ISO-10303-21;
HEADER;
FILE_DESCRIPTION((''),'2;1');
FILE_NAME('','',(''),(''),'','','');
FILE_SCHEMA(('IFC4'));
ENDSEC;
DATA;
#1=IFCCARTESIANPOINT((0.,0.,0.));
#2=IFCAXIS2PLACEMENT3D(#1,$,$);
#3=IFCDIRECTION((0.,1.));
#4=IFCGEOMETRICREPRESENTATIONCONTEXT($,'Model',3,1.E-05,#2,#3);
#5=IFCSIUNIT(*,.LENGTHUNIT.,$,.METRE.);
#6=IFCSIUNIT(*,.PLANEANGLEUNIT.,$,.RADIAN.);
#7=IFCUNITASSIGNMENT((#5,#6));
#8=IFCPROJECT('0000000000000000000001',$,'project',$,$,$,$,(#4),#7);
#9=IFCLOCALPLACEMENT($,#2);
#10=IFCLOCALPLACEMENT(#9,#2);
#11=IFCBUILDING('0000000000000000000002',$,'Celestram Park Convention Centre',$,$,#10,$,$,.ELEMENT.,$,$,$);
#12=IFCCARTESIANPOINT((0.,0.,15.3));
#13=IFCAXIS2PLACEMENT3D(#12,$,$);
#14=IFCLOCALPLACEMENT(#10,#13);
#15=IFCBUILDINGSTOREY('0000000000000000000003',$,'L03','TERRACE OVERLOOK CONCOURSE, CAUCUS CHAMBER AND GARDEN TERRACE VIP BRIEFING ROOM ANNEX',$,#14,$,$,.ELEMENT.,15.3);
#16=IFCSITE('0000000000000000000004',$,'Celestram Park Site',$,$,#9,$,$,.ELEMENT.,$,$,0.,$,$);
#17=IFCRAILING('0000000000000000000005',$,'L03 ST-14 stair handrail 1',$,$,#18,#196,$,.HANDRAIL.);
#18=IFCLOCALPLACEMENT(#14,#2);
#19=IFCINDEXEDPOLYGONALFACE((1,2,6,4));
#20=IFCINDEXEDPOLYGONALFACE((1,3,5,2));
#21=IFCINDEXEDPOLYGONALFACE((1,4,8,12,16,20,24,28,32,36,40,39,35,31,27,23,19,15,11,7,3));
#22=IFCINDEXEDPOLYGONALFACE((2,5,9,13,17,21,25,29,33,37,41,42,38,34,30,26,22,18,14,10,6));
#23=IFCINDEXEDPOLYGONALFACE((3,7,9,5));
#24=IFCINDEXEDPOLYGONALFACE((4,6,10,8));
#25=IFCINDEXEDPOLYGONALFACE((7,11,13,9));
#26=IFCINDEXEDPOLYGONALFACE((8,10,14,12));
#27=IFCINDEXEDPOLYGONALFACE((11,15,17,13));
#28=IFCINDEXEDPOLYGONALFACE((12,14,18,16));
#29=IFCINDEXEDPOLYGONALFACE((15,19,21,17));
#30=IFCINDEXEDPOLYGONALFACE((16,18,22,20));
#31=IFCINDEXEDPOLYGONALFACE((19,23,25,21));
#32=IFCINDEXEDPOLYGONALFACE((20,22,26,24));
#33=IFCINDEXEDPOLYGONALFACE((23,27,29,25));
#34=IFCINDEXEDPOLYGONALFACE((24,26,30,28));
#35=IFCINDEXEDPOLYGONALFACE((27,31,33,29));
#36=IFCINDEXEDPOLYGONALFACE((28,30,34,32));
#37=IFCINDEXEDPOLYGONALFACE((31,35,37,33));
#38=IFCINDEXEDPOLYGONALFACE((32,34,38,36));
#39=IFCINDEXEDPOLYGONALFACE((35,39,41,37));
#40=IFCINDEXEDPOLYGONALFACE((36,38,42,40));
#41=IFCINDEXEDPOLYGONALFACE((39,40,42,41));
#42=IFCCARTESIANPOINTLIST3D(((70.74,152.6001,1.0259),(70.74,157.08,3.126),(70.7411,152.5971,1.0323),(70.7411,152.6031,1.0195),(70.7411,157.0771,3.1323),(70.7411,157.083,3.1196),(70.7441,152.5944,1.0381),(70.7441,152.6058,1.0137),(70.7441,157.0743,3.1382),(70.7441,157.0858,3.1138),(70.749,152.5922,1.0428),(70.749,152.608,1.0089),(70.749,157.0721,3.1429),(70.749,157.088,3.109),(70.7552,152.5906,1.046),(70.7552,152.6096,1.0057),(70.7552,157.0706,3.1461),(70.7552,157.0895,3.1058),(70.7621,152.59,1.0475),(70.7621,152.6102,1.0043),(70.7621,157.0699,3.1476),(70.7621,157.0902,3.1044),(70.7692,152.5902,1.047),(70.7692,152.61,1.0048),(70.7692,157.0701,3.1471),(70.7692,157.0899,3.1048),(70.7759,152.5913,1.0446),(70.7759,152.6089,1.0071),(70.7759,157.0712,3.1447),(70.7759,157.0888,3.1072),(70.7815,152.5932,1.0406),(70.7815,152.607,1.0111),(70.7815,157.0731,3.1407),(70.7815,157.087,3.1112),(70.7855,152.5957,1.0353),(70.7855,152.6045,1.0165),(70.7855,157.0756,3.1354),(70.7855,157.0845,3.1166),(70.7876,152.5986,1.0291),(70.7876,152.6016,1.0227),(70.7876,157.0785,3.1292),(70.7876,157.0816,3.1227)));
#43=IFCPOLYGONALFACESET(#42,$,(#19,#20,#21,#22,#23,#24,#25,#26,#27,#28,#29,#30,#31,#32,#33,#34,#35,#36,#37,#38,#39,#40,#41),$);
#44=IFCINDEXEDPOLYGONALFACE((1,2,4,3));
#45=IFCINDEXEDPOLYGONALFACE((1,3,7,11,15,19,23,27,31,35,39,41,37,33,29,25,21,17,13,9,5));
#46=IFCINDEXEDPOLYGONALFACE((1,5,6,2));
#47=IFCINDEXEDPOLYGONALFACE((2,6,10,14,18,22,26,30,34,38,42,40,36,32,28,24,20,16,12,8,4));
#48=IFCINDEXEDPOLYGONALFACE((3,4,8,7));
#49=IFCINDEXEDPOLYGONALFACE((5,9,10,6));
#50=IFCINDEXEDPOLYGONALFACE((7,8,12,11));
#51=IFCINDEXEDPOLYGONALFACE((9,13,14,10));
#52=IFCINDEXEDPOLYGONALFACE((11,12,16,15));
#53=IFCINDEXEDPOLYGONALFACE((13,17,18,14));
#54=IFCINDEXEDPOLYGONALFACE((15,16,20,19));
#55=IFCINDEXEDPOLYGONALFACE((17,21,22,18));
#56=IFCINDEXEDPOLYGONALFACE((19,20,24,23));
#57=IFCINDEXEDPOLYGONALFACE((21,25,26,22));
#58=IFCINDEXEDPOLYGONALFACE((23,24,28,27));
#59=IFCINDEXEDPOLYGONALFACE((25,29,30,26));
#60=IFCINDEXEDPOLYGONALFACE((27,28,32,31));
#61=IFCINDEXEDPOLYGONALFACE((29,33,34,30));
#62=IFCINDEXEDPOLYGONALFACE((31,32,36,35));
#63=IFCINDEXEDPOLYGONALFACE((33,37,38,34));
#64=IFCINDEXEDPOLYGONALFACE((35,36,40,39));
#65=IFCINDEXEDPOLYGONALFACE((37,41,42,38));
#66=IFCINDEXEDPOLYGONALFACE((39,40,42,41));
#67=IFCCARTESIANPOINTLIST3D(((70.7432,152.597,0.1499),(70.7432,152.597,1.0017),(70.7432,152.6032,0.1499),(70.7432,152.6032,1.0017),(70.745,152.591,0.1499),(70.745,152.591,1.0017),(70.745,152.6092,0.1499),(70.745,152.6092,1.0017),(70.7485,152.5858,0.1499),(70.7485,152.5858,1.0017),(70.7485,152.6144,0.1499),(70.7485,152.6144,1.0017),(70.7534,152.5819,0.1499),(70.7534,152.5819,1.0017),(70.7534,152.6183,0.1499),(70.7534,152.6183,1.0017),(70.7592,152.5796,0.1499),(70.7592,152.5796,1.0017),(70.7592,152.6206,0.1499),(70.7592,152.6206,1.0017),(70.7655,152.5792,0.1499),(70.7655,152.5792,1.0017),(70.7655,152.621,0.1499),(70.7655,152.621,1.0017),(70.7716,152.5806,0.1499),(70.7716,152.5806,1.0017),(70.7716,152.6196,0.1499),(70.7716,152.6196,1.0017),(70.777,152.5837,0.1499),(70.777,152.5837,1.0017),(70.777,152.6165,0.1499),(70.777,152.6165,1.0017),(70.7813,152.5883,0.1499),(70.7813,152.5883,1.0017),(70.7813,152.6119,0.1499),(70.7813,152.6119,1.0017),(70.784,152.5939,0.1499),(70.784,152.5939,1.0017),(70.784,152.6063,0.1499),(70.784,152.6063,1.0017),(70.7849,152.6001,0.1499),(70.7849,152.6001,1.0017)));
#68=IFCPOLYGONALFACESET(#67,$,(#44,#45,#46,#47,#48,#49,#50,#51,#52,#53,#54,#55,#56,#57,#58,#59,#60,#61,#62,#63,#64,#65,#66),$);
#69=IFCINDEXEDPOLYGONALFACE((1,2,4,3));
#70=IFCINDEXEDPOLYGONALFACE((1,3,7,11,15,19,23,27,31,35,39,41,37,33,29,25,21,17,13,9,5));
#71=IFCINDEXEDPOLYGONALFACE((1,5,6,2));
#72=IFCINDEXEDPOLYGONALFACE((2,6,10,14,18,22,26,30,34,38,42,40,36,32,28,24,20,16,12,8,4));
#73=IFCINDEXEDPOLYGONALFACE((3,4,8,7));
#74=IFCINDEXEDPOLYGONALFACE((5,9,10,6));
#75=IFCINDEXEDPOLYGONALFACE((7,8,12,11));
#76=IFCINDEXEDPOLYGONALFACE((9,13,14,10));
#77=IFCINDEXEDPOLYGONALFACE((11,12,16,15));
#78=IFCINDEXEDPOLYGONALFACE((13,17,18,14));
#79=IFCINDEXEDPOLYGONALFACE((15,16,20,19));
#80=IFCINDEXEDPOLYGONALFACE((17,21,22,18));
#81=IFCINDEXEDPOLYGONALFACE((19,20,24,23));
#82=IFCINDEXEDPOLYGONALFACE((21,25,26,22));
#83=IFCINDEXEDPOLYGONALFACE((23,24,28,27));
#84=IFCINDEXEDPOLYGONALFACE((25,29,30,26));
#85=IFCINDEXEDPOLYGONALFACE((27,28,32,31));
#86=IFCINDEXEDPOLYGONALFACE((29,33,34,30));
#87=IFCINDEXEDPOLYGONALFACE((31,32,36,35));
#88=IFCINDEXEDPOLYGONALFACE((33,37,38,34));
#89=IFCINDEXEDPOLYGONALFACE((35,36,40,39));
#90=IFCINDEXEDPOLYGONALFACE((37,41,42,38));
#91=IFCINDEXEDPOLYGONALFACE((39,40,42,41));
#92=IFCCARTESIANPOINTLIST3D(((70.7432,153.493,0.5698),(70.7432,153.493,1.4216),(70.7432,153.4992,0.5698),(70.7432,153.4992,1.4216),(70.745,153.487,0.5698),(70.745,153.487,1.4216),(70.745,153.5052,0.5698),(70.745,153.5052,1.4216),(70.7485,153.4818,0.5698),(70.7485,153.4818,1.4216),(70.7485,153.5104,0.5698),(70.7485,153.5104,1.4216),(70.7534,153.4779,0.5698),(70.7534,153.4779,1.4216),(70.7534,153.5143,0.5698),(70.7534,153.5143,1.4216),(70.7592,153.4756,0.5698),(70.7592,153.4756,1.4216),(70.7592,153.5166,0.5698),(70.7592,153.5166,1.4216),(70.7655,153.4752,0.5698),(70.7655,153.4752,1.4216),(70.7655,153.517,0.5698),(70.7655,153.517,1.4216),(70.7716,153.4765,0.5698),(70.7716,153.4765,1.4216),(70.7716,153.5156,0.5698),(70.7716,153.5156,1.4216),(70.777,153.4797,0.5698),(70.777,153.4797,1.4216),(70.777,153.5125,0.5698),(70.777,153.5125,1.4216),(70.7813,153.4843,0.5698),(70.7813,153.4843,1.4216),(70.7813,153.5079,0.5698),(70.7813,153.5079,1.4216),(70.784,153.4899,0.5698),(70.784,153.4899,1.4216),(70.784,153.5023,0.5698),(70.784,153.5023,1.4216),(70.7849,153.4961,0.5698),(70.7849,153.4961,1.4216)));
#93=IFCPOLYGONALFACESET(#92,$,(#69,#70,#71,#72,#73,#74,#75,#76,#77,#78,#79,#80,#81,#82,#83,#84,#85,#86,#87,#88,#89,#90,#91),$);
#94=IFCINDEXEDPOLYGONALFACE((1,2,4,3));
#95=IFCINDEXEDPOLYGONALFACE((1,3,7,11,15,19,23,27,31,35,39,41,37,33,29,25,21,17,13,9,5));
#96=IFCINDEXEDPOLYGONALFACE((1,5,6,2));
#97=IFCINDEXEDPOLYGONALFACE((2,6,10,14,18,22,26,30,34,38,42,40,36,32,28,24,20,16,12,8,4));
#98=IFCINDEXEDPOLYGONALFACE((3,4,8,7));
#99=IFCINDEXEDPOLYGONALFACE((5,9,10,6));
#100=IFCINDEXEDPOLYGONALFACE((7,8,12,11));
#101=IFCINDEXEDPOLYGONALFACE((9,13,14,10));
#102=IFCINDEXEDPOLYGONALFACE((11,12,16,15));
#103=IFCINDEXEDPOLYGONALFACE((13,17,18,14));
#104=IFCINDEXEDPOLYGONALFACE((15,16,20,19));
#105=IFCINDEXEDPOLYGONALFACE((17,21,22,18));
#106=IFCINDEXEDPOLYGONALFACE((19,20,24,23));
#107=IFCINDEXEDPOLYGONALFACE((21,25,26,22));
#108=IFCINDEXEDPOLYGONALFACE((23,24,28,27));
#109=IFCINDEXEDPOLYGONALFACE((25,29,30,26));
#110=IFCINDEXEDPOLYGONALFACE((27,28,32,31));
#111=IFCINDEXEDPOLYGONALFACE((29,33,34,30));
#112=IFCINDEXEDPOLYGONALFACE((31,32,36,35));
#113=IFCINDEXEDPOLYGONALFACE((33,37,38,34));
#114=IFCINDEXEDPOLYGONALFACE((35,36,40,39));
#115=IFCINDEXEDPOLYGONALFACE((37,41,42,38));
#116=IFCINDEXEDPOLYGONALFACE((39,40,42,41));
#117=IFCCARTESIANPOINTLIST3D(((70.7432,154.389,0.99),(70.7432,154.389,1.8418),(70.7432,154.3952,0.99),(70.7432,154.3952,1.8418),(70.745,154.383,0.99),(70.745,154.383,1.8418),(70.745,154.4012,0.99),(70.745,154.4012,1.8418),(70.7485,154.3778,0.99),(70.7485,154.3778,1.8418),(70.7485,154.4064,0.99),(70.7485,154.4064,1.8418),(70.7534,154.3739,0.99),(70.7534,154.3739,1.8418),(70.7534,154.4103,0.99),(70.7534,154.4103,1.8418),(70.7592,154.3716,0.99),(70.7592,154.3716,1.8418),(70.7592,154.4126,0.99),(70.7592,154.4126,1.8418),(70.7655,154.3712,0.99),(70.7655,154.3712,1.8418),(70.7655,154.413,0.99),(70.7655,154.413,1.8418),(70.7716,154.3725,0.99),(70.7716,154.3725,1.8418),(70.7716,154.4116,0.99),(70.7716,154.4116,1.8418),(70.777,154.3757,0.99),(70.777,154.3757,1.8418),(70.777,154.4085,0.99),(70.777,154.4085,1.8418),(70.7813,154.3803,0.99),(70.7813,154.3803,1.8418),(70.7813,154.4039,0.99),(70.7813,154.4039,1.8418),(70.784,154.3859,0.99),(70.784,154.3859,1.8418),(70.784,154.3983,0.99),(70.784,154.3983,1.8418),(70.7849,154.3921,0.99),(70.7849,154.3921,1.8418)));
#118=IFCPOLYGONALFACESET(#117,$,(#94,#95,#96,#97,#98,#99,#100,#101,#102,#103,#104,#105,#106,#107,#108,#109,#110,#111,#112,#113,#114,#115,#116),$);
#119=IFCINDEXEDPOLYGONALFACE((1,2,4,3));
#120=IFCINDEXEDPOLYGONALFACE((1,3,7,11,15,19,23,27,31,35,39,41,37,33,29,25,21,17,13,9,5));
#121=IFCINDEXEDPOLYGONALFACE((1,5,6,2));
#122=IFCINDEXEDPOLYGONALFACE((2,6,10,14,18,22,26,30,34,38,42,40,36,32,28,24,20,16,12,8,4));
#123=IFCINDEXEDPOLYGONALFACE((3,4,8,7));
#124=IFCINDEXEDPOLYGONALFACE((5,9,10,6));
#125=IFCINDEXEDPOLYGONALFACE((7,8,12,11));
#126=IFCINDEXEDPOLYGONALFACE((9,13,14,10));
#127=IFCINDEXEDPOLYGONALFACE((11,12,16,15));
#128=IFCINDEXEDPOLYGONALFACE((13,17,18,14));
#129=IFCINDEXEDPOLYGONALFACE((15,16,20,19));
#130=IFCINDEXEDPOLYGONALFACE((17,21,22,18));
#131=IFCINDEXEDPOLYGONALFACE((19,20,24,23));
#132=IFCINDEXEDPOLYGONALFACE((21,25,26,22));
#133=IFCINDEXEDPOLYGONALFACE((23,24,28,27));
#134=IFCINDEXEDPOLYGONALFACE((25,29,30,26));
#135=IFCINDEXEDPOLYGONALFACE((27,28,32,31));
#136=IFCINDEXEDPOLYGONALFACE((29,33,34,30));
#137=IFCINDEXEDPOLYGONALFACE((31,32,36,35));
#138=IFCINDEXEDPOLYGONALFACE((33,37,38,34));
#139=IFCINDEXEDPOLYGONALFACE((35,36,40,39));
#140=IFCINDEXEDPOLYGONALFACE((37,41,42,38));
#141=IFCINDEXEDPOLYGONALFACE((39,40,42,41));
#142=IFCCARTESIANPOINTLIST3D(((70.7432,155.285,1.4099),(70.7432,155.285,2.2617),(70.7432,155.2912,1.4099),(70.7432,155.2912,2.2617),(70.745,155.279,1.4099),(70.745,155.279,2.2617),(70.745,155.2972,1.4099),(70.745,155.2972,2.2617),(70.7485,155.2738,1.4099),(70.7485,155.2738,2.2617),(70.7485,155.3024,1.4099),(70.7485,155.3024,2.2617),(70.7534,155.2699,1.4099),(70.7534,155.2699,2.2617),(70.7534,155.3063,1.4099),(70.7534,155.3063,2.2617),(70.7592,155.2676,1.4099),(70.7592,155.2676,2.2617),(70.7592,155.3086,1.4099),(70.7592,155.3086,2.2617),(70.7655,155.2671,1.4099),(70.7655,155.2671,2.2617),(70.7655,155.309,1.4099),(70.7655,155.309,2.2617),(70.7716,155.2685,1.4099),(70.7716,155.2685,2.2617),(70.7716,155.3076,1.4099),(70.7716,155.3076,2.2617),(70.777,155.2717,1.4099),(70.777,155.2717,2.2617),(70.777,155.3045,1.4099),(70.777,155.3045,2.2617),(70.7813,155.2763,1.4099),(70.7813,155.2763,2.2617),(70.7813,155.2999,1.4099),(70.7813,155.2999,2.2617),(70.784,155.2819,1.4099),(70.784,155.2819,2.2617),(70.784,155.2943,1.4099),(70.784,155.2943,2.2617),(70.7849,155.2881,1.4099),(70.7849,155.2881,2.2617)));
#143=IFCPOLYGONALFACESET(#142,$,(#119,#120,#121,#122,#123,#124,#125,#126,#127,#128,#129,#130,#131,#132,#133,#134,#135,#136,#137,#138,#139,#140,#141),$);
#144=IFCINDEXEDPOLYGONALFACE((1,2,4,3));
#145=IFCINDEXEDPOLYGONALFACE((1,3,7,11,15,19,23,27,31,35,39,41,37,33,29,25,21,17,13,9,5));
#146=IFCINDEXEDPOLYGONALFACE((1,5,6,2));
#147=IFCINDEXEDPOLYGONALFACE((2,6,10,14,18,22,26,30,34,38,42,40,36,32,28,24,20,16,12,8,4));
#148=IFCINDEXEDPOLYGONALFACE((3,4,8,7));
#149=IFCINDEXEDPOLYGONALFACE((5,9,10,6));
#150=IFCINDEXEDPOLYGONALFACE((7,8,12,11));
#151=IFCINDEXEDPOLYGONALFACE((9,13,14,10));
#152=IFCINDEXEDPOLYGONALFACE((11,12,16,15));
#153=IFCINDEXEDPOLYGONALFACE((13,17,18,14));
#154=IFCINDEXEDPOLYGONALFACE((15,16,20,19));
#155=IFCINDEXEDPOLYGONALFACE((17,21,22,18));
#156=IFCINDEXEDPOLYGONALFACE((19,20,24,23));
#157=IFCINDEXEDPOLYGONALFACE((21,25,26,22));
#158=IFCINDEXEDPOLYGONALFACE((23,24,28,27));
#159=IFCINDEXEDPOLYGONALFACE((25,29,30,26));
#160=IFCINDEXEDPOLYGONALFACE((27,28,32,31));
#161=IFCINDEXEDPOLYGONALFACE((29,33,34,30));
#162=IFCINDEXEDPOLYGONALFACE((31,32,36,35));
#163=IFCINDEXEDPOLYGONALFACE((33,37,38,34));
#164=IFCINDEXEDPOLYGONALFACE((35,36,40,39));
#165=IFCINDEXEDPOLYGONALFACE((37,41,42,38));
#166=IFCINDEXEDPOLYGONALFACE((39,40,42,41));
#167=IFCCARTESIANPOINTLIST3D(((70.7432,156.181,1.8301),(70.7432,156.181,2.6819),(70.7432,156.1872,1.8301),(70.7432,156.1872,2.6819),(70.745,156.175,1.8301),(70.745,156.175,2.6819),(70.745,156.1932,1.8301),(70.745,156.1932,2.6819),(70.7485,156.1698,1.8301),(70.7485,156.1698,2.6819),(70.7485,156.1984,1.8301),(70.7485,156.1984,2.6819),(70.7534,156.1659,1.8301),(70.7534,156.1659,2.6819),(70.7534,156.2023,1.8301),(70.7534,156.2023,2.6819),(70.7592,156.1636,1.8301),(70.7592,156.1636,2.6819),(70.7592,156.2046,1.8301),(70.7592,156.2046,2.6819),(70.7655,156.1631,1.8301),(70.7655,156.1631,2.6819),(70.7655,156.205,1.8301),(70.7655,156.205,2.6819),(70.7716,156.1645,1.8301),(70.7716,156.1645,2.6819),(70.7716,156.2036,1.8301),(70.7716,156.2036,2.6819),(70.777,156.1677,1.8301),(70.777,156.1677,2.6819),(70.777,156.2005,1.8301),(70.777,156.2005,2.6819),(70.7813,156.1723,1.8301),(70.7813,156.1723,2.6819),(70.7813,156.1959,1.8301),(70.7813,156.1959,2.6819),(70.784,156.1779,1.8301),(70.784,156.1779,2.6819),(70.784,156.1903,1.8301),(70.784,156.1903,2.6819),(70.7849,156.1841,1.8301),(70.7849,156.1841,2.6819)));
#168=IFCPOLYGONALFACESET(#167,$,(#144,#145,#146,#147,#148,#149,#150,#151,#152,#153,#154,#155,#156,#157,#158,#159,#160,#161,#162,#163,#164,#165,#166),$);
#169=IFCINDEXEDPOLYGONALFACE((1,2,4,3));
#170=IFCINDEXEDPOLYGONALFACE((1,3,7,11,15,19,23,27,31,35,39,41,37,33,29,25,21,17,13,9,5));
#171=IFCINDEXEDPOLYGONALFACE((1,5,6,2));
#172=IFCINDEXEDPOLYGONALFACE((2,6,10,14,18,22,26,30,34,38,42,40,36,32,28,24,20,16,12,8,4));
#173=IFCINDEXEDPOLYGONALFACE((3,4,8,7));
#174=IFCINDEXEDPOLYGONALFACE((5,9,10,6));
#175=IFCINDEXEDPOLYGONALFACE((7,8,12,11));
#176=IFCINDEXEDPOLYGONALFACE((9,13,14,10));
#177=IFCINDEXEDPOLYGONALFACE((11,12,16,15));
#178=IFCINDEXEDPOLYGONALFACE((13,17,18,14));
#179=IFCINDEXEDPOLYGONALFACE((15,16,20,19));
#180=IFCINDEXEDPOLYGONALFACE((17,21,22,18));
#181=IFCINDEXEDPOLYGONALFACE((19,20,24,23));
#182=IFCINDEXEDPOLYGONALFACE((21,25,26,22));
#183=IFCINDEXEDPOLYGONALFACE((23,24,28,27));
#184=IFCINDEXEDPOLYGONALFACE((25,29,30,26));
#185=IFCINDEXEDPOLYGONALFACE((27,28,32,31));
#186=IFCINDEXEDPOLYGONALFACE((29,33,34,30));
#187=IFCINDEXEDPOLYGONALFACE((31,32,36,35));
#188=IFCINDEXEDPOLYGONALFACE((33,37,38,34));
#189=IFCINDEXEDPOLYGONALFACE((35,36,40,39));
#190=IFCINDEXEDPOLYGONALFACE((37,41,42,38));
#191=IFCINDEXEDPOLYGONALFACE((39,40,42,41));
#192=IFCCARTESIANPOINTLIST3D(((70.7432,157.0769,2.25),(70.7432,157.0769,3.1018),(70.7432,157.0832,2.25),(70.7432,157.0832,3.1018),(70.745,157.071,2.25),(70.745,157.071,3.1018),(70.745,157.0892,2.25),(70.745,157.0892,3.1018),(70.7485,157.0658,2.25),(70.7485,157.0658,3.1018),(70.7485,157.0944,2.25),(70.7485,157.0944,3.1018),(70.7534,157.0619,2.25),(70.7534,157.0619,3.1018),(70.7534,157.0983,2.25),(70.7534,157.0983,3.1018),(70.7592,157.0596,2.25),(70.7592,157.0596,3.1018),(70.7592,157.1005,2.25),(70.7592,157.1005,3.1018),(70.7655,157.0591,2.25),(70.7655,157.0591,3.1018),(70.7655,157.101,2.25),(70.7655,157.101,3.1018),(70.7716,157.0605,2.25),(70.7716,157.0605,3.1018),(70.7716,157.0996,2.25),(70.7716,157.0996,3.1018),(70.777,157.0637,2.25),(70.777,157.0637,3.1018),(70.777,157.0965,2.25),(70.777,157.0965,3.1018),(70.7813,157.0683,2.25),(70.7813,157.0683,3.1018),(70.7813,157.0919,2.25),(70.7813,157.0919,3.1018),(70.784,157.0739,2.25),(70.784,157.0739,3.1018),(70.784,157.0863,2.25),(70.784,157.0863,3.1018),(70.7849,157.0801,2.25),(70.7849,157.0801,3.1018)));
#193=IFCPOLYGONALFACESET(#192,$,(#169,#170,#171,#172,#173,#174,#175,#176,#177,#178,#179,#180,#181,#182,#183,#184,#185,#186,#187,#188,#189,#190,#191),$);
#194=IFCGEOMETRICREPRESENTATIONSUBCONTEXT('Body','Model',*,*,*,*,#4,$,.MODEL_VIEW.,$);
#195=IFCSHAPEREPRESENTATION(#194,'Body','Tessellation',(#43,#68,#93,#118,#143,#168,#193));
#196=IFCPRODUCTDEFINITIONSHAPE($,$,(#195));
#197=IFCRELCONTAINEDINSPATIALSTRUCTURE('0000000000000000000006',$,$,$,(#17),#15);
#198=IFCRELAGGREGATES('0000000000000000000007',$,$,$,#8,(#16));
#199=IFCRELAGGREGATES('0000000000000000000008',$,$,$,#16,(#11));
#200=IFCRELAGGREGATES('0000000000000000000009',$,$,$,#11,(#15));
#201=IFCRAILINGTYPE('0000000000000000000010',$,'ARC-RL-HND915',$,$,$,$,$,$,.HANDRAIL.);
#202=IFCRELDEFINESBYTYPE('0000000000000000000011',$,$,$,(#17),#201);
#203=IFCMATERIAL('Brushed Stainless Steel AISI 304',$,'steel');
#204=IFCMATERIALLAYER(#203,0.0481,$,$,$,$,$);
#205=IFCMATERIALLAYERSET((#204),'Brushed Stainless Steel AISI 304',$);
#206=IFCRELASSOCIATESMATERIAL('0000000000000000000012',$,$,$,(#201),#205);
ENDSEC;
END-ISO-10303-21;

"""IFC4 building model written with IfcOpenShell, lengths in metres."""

from ifc_helpers import new_model, si_unit, direction, frame, origin, origin_2d, place, context, subcontext, project, spatial, circle, extrude, material, layer, layer_set, type_object, element, save


model = new_model("IFC4")

# Units and contexts
model_context = context("Model", 3, precision=1e-05, world=origin(), true_north=direction((0.0, 1.0)))
body_context = subcontext(model_context, "Body", "Model", "MODEL_VIEW")
ifc_project = project(units=[si_unit("LENGTHUNIT", "METRE"), si_unit("PLANEANGLEUNIT", "RADIAN")], contexts=[model_context])

# Site, building, storey
site_placement = place(None, origin())
site = spatial("IfcSite", under=ifc_project, at=site_placement, Name="Celestram Park Site", CompositionType="ELEMENT", RefElevation=0.0)
building_placement = place(site_placement, origin())
building = spatial("IfcBuilding", under=site, at=building_placement, Name="Celestram Park Convention Centre", CompositionType="ELEMENT")
storey_placement = place(building_placement, frame((0.0, 0.0, 15.3)))
storey = spatial("IfcBuildingStorey", under=building, at=storey_placement, Name="L03", Description="TERRACE OVERLOOK CONCOURSE, CAUCUS CHAMBER AND GARDEN TERRACE VIP BRIEFING ROOM ANNEX", CompositionType="ELEMENT", Elevation=15.3)

# Railing
ifc_material_1 = material(Name="Brushed Stainless Steel AISI 304", Category="steel")
ifc_layer_1 = layer(ifc_material_1, 0.0481)
ifc_layer_set_1 = layer_set([ifc_layer_1], Name="Brushed Stainless Steel AISI 304")
railing_type_1 = type_object("IfcRailingType", Name="ARC-RL-HND915", PredefinedType="HANDRAIL", material=ifc_layer_set_1)
railing_1_placement = place(storey_placement, frame((70.7639, 152.6001, 0.1499)))
element("IfcRailing", 1, at=railing_1_placement, inside=storey, type_object=railing_type_1, Name="L03 ST-14 stair handrail 1", PredefinedType="HANDRAIL", context=body_context, shape_type="SweptSolid", body=[
    extrude(circle(Radius=0.0239, at=origin_2d()), frame((0.0, 0.0, 0.876), z_axis=(0.0, 0.905451, 0.424452), x_axis=(-1.0, 0.0, 0.0)), (0.0, 0.0, 1.0), 4.9478),
    extrude(circle(Radius=0.021, at=origin_2d()), origin(), (0.0, 0.0, 1.0), 0.8518),
    extrude(circle(Radius=0.021, at=origin_2d()), frame((0.0, 0.896, 0.4199)), (0.0, 0.0, 1.0), 0.8518),
    extrude(circle(Radius=0.021, at=origin_2d()), frame((0.0, 1.792, 0.8401)), (0.0, 0.0, 1.0), 0.8518),
    extrude(circle(Radius=0.021, at=origin_2d()), frame((0.0, 2.688, 1.26)), (0.0, 0.0, 1.0), 0.8518),
    extrude(circle(Radius=0.021, at=origin_2d()), frame((0.0, 3.584, 1.6802)), (0.0, 0.0, 1.0), 0.8518),
    extrude(circle(Radius=0.021, at=origin_2d()), frame((0.0, 4.48, 2.1001)), (0.0, 0.0, 1.0), 0.8518),
])

save(model, "model.ifc")
